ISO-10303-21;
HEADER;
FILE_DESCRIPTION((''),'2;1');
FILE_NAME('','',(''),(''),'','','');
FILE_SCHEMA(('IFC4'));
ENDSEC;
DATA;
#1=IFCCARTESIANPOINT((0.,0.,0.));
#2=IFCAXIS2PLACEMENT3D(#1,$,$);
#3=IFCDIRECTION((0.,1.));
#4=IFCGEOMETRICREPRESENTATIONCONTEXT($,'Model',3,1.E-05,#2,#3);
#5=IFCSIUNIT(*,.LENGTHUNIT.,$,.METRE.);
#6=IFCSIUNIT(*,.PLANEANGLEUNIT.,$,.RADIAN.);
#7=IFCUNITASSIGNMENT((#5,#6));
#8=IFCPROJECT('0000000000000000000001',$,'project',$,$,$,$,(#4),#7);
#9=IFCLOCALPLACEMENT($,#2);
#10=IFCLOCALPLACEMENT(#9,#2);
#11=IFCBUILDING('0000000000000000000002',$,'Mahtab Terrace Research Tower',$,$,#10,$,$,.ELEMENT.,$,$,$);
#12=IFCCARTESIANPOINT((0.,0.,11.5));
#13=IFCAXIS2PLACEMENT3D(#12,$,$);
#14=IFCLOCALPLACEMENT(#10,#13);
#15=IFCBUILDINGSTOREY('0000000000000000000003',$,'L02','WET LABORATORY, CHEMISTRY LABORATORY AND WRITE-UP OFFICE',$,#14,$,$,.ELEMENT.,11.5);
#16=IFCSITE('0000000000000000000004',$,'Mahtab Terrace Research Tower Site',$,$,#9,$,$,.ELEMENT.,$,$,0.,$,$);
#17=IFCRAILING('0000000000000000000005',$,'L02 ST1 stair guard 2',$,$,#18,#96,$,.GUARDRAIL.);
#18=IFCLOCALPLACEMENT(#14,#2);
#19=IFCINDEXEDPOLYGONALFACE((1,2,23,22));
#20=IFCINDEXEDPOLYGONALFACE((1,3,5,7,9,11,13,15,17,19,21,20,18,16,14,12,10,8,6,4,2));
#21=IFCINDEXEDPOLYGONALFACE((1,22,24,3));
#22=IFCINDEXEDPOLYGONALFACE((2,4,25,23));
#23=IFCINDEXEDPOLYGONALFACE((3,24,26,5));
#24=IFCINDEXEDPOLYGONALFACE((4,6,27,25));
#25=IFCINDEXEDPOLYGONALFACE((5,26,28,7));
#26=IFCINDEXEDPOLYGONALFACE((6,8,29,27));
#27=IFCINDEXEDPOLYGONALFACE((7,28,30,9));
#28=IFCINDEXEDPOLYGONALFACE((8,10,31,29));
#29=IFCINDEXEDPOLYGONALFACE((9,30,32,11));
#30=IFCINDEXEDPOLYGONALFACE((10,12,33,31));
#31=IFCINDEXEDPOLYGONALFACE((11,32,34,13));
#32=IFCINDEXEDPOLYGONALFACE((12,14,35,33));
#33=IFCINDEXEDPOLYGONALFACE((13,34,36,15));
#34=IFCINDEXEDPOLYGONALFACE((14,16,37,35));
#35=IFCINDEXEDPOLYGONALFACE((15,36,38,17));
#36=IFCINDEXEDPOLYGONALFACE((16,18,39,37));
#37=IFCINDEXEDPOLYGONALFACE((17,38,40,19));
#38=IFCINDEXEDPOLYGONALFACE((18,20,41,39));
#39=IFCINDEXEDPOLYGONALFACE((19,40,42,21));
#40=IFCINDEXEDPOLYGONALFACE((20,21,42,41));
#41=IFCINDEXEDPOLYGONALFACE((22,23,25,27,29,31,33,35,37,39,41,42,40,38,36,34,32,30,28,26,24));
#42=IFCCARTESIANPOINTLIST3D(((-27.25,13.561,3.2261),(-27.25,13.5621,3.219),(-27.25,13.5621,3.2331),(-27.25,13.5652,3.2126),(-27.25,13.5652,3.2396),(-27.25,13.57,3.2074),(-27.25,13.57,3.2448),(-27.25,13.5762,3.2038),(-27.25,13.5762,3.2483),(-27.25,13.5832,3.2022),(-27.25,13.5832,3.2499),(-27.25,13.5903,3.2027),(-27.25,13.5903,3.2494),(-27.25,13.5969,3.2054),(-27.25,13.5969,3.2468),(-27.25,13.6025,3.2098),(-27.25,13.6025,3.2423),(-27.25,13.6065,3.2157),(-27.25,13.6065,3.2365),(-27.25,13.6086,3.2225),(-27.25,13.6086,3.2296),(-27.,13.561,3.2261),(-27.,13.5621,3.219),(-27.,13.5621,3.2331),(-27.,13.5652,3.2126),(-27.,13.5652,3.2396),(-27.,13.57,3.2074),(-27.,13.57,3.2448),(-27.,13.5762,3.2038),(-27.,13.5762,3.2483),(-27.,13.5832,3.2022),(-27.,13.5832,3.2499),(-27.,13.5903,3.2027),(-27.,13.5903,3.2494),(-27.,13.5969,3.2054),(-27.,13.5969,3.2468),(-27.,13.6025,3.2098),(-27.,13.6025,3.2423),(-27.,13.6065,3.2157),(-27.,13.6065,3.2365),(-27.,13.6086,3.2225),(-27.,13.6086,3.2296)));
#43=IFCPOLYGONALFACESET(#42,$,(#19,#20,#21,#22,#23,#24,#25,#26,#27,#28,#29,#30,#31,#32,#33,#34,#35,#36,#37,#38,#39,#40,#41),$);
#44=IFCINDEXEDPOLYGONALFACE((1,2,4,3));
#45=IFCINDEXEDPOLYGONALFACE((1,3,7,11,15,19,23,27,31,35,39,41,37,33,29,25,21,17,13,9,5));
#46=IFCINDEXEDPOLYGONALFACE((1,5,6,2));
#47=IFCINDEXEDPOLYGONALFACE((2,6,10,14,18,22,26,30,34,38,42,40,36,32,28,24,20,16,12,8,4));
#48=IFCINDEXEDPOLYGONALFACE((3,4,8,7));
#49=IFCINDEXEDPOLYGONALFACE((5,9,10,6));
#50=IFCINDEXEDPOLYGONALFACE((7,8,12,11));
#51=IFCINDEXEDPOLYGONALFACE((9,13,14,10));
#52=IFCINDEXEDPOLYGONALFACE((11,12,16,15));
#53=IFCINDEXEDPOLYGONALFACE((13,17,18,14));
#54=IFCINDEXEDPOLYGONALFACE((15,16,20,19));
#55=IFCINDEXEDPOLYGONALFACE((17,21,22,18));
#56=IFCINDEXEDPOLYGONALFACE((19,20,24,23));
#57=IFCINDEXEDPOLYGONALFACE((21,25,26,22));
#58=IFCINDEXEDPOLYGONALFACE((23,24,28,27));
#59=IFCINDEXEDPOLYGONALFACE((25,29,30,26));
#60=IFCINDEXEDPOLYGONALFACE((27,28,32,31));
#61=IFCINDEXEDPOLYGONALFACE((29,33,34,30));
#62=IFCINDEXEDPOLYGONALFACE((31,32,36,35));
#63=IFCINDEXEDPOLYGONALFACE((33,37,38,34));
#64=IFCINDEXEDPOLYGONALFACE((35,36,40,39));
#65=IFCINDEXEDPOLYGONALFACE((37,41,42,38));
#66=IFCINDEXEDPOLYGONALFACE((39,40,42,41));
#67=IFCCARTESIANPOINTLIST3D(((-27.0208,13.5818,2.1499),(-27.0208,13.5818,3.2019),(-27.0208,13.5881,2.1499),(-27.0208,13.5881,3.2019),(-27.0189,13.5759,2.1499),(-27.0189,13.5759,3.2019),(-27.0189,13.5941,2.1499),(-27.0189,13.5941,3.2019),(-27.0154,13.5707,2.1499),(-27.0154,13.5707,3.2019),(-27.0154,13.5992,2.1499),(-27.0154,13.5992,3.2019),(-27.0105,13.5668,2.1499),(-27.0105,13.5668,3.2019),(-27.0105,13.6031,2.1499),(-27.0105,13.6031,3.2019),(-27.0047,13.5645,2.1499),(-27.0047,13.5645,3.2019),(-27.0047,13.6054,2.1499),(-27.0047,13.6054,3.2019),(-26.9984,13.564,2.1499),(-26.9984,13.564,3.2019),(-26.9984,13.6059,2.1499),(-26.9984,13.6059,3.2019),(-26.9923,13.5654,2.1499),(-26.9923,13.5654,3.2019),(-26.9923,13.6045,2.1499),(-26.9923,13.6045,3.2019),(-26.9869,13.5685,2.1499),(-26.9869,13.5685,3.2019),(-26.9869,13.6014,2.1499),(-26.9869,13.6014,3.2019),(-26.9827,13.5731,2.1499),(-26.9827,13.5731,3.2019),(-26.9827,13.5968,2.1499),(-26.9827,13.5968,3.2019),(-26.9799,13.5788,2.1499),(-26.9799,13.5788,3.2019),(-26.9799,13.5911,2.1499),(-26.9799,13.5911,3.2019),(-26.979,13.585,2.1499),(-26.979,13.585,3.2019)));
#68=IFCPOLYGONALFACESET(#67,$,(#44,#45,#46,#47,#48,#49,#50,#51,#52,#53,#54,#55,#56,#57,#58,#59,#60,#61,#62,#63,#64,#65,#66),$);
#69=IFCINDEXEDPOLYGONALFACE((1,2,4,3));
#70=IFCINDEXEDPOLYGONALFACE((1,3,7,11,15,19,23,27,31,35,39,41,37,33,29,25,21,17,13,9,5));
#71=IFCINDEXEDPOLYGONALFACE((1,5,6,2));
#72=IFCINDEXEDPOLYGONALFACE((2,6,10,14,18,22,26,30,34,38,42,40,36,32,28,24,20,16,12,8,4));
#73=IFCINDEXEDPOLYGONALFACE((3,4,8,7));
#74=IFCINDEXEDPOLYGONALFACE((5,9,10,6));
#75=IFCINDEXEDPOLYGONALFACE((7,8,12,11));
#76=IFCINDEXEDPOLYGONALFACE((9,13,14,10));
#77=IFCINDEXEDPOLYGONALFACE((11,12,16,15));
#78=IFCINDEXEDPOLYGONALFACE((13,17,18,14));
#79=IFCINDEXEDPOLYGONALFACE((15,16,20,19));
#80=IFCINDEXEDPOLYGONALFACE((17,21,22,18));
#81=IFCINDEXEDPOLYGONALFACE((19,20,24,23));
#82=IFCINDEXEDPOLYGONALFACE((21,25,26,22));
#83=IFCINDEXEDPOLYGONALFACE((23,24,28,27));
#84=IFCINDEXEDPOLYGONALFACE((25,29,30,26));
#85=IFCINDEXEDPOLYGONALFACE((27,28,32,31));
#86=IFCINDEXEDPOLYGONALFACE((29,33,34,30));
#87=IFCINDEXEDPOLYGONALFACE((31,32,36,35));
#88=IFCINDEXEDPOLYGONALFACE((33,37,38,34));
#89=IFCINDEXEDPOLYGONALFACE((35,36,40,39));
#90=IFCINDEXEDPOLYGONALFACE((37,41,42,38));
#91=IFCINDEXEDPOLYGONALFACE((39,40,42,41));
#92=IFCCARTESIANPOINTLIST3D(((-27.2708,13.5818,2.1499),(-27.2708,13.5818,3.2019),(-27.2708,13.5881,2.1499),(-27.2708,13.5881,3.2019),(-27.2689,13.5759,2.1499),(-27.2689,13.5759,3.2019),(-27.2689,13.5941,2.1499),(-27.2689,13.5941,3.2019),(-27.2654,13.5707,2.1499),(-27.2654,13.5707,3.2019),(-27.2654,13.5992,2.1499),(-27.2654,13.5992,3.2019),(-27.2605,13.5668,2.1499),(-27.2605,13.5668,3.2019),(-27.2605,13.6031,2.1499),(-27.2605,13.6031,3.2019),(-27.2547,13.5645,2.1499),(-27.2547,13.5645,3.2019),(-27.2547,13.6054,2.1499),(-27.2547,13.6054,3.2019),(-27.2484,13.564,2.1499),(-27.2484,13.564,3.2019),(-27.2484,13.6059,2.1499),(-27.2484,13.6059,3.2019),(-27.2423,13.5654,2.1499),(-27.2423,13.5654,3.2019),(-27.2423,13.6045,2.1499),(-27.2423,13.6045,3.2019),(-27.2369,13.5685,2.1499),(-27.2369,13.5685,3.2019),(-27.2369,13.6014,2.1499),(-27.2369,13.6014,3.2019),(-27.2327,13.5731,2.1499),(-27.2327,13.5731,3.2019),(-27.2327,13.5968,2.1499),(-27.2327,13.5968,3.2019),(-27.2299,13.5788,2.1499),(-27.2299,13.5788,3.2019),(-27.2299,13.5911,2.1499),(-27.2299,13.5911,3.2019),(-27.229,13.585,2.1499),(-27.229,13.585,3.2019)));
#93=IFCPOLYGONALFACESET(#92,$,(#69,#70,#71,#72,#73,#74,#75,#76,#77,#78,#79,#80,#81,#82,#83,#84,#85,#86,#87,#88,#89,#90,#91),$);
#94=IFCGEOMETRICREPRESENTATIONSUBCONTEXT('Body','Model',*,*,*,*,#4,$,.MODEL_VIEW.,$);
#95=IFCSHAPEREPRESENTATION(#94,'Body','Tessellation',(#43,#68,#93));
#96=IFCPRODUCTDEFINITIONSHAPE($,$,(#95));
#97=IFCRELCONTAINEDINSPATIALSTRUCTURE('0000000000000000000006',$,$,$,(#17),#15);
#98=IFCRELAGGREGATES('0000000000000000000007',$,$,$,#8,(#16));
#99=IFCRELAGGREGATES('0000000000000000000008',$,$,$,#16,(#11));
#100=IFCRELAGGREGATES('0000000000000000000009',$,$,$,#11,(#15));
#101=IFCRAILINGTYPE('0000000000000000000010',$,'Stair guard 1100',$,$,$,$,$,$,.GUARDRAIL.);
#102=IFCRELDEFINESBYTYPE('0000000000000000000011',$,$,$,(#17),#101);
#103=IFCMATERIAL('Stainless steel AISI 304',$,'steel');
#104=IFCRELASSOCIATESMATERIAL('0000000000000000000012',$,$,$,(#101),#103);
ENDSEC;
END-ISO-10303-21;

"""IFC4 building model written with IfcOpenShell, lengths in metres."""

from ifc_helpers import new_model, si_unit, direction, frame, origin, origin_2d, place, context, subcontext, project, spatial, circle, extrude, material, type_object, element, save


model = new_model("IFC4")

# Units and contexts
model_context = context("Model", 3, precision=1e-05, world=origin(), true_north=direction((0.0, 1.0)))
body_context = subcontext(model_context, "Body", "Model", "MODEL_VIEW")
ifc_project = project(units=[si_unit("LENGTHUNIT", "METRE"), si_unit("PLANEANGLEUNIT", "RADIAN")], contexts=[model_context])

# Site, building, storey
site_placement = place(None, origin())
site = spatial("IfcSite", under=ifc_project, at=site_placement, Name="Mahtab Terrace Research Tower Site", CompositionType="ELEMENT", RefElevation=0.0)
building_placement = place(site_placement, origin())
building = spatial("IfcBuilding", under=site, at=building_placement, Name="Mahtab Terrace Research Tower", CompositionType="ELEMENT")
storey_placement = place(building_placement, frame((0.0, 0.0, 11.5)))
storey = spatial("IfcBuildingStorey", under=building, at=storey_placement, Name="L02", Description="WET LABORATORY, CHEMISTRY LABORATORY AND WRITE-UP OFFICE", CompositionType="ELEMENT", Elevation=11.5)

# Shared definitions
ifc_material_1 = material(Name="Stainless steel AISI 304", Category="steel")

# Railing
railing_type_1 = type_object("IfcRailingType", Name="Stair guard 1100", PredefinedType="GUARDRAIL", material=ifc_material_1)
railing_1_placement = place(storey_placement, frame((-27.0, 13.585, 2.1499)))
element("IfcRailing", 1, at=railing_1_placement, inside=storey, type_object=railing_type_1, Name="L02 ST1 stair guard 2", PredefinedType="GUARDRAIL", context=body_context, shape_type="SweptSolid", body=[
    extrude(circle(Radius=0.0239, at=origin_2d()), frame((0.0, 0.0, 1.0762), z_axis=(-1.0, 0.0, 0.0), x_axis=(0.0, -1.0, 0.0)), (0.0, 0.0, 1.0), 0.25),
    extrude(circle(Radius=0.021, at=origin_2d()), origin(), (0.0, 0.0, 1.0), 1.052),
    extrude(circle(Radius=0.021, at=origin_2d()), frame((-0.25, 0.0, 0.0)), (0.0, 0.0, 1.0), 1.052),
])

save(model, "model.ifc")
